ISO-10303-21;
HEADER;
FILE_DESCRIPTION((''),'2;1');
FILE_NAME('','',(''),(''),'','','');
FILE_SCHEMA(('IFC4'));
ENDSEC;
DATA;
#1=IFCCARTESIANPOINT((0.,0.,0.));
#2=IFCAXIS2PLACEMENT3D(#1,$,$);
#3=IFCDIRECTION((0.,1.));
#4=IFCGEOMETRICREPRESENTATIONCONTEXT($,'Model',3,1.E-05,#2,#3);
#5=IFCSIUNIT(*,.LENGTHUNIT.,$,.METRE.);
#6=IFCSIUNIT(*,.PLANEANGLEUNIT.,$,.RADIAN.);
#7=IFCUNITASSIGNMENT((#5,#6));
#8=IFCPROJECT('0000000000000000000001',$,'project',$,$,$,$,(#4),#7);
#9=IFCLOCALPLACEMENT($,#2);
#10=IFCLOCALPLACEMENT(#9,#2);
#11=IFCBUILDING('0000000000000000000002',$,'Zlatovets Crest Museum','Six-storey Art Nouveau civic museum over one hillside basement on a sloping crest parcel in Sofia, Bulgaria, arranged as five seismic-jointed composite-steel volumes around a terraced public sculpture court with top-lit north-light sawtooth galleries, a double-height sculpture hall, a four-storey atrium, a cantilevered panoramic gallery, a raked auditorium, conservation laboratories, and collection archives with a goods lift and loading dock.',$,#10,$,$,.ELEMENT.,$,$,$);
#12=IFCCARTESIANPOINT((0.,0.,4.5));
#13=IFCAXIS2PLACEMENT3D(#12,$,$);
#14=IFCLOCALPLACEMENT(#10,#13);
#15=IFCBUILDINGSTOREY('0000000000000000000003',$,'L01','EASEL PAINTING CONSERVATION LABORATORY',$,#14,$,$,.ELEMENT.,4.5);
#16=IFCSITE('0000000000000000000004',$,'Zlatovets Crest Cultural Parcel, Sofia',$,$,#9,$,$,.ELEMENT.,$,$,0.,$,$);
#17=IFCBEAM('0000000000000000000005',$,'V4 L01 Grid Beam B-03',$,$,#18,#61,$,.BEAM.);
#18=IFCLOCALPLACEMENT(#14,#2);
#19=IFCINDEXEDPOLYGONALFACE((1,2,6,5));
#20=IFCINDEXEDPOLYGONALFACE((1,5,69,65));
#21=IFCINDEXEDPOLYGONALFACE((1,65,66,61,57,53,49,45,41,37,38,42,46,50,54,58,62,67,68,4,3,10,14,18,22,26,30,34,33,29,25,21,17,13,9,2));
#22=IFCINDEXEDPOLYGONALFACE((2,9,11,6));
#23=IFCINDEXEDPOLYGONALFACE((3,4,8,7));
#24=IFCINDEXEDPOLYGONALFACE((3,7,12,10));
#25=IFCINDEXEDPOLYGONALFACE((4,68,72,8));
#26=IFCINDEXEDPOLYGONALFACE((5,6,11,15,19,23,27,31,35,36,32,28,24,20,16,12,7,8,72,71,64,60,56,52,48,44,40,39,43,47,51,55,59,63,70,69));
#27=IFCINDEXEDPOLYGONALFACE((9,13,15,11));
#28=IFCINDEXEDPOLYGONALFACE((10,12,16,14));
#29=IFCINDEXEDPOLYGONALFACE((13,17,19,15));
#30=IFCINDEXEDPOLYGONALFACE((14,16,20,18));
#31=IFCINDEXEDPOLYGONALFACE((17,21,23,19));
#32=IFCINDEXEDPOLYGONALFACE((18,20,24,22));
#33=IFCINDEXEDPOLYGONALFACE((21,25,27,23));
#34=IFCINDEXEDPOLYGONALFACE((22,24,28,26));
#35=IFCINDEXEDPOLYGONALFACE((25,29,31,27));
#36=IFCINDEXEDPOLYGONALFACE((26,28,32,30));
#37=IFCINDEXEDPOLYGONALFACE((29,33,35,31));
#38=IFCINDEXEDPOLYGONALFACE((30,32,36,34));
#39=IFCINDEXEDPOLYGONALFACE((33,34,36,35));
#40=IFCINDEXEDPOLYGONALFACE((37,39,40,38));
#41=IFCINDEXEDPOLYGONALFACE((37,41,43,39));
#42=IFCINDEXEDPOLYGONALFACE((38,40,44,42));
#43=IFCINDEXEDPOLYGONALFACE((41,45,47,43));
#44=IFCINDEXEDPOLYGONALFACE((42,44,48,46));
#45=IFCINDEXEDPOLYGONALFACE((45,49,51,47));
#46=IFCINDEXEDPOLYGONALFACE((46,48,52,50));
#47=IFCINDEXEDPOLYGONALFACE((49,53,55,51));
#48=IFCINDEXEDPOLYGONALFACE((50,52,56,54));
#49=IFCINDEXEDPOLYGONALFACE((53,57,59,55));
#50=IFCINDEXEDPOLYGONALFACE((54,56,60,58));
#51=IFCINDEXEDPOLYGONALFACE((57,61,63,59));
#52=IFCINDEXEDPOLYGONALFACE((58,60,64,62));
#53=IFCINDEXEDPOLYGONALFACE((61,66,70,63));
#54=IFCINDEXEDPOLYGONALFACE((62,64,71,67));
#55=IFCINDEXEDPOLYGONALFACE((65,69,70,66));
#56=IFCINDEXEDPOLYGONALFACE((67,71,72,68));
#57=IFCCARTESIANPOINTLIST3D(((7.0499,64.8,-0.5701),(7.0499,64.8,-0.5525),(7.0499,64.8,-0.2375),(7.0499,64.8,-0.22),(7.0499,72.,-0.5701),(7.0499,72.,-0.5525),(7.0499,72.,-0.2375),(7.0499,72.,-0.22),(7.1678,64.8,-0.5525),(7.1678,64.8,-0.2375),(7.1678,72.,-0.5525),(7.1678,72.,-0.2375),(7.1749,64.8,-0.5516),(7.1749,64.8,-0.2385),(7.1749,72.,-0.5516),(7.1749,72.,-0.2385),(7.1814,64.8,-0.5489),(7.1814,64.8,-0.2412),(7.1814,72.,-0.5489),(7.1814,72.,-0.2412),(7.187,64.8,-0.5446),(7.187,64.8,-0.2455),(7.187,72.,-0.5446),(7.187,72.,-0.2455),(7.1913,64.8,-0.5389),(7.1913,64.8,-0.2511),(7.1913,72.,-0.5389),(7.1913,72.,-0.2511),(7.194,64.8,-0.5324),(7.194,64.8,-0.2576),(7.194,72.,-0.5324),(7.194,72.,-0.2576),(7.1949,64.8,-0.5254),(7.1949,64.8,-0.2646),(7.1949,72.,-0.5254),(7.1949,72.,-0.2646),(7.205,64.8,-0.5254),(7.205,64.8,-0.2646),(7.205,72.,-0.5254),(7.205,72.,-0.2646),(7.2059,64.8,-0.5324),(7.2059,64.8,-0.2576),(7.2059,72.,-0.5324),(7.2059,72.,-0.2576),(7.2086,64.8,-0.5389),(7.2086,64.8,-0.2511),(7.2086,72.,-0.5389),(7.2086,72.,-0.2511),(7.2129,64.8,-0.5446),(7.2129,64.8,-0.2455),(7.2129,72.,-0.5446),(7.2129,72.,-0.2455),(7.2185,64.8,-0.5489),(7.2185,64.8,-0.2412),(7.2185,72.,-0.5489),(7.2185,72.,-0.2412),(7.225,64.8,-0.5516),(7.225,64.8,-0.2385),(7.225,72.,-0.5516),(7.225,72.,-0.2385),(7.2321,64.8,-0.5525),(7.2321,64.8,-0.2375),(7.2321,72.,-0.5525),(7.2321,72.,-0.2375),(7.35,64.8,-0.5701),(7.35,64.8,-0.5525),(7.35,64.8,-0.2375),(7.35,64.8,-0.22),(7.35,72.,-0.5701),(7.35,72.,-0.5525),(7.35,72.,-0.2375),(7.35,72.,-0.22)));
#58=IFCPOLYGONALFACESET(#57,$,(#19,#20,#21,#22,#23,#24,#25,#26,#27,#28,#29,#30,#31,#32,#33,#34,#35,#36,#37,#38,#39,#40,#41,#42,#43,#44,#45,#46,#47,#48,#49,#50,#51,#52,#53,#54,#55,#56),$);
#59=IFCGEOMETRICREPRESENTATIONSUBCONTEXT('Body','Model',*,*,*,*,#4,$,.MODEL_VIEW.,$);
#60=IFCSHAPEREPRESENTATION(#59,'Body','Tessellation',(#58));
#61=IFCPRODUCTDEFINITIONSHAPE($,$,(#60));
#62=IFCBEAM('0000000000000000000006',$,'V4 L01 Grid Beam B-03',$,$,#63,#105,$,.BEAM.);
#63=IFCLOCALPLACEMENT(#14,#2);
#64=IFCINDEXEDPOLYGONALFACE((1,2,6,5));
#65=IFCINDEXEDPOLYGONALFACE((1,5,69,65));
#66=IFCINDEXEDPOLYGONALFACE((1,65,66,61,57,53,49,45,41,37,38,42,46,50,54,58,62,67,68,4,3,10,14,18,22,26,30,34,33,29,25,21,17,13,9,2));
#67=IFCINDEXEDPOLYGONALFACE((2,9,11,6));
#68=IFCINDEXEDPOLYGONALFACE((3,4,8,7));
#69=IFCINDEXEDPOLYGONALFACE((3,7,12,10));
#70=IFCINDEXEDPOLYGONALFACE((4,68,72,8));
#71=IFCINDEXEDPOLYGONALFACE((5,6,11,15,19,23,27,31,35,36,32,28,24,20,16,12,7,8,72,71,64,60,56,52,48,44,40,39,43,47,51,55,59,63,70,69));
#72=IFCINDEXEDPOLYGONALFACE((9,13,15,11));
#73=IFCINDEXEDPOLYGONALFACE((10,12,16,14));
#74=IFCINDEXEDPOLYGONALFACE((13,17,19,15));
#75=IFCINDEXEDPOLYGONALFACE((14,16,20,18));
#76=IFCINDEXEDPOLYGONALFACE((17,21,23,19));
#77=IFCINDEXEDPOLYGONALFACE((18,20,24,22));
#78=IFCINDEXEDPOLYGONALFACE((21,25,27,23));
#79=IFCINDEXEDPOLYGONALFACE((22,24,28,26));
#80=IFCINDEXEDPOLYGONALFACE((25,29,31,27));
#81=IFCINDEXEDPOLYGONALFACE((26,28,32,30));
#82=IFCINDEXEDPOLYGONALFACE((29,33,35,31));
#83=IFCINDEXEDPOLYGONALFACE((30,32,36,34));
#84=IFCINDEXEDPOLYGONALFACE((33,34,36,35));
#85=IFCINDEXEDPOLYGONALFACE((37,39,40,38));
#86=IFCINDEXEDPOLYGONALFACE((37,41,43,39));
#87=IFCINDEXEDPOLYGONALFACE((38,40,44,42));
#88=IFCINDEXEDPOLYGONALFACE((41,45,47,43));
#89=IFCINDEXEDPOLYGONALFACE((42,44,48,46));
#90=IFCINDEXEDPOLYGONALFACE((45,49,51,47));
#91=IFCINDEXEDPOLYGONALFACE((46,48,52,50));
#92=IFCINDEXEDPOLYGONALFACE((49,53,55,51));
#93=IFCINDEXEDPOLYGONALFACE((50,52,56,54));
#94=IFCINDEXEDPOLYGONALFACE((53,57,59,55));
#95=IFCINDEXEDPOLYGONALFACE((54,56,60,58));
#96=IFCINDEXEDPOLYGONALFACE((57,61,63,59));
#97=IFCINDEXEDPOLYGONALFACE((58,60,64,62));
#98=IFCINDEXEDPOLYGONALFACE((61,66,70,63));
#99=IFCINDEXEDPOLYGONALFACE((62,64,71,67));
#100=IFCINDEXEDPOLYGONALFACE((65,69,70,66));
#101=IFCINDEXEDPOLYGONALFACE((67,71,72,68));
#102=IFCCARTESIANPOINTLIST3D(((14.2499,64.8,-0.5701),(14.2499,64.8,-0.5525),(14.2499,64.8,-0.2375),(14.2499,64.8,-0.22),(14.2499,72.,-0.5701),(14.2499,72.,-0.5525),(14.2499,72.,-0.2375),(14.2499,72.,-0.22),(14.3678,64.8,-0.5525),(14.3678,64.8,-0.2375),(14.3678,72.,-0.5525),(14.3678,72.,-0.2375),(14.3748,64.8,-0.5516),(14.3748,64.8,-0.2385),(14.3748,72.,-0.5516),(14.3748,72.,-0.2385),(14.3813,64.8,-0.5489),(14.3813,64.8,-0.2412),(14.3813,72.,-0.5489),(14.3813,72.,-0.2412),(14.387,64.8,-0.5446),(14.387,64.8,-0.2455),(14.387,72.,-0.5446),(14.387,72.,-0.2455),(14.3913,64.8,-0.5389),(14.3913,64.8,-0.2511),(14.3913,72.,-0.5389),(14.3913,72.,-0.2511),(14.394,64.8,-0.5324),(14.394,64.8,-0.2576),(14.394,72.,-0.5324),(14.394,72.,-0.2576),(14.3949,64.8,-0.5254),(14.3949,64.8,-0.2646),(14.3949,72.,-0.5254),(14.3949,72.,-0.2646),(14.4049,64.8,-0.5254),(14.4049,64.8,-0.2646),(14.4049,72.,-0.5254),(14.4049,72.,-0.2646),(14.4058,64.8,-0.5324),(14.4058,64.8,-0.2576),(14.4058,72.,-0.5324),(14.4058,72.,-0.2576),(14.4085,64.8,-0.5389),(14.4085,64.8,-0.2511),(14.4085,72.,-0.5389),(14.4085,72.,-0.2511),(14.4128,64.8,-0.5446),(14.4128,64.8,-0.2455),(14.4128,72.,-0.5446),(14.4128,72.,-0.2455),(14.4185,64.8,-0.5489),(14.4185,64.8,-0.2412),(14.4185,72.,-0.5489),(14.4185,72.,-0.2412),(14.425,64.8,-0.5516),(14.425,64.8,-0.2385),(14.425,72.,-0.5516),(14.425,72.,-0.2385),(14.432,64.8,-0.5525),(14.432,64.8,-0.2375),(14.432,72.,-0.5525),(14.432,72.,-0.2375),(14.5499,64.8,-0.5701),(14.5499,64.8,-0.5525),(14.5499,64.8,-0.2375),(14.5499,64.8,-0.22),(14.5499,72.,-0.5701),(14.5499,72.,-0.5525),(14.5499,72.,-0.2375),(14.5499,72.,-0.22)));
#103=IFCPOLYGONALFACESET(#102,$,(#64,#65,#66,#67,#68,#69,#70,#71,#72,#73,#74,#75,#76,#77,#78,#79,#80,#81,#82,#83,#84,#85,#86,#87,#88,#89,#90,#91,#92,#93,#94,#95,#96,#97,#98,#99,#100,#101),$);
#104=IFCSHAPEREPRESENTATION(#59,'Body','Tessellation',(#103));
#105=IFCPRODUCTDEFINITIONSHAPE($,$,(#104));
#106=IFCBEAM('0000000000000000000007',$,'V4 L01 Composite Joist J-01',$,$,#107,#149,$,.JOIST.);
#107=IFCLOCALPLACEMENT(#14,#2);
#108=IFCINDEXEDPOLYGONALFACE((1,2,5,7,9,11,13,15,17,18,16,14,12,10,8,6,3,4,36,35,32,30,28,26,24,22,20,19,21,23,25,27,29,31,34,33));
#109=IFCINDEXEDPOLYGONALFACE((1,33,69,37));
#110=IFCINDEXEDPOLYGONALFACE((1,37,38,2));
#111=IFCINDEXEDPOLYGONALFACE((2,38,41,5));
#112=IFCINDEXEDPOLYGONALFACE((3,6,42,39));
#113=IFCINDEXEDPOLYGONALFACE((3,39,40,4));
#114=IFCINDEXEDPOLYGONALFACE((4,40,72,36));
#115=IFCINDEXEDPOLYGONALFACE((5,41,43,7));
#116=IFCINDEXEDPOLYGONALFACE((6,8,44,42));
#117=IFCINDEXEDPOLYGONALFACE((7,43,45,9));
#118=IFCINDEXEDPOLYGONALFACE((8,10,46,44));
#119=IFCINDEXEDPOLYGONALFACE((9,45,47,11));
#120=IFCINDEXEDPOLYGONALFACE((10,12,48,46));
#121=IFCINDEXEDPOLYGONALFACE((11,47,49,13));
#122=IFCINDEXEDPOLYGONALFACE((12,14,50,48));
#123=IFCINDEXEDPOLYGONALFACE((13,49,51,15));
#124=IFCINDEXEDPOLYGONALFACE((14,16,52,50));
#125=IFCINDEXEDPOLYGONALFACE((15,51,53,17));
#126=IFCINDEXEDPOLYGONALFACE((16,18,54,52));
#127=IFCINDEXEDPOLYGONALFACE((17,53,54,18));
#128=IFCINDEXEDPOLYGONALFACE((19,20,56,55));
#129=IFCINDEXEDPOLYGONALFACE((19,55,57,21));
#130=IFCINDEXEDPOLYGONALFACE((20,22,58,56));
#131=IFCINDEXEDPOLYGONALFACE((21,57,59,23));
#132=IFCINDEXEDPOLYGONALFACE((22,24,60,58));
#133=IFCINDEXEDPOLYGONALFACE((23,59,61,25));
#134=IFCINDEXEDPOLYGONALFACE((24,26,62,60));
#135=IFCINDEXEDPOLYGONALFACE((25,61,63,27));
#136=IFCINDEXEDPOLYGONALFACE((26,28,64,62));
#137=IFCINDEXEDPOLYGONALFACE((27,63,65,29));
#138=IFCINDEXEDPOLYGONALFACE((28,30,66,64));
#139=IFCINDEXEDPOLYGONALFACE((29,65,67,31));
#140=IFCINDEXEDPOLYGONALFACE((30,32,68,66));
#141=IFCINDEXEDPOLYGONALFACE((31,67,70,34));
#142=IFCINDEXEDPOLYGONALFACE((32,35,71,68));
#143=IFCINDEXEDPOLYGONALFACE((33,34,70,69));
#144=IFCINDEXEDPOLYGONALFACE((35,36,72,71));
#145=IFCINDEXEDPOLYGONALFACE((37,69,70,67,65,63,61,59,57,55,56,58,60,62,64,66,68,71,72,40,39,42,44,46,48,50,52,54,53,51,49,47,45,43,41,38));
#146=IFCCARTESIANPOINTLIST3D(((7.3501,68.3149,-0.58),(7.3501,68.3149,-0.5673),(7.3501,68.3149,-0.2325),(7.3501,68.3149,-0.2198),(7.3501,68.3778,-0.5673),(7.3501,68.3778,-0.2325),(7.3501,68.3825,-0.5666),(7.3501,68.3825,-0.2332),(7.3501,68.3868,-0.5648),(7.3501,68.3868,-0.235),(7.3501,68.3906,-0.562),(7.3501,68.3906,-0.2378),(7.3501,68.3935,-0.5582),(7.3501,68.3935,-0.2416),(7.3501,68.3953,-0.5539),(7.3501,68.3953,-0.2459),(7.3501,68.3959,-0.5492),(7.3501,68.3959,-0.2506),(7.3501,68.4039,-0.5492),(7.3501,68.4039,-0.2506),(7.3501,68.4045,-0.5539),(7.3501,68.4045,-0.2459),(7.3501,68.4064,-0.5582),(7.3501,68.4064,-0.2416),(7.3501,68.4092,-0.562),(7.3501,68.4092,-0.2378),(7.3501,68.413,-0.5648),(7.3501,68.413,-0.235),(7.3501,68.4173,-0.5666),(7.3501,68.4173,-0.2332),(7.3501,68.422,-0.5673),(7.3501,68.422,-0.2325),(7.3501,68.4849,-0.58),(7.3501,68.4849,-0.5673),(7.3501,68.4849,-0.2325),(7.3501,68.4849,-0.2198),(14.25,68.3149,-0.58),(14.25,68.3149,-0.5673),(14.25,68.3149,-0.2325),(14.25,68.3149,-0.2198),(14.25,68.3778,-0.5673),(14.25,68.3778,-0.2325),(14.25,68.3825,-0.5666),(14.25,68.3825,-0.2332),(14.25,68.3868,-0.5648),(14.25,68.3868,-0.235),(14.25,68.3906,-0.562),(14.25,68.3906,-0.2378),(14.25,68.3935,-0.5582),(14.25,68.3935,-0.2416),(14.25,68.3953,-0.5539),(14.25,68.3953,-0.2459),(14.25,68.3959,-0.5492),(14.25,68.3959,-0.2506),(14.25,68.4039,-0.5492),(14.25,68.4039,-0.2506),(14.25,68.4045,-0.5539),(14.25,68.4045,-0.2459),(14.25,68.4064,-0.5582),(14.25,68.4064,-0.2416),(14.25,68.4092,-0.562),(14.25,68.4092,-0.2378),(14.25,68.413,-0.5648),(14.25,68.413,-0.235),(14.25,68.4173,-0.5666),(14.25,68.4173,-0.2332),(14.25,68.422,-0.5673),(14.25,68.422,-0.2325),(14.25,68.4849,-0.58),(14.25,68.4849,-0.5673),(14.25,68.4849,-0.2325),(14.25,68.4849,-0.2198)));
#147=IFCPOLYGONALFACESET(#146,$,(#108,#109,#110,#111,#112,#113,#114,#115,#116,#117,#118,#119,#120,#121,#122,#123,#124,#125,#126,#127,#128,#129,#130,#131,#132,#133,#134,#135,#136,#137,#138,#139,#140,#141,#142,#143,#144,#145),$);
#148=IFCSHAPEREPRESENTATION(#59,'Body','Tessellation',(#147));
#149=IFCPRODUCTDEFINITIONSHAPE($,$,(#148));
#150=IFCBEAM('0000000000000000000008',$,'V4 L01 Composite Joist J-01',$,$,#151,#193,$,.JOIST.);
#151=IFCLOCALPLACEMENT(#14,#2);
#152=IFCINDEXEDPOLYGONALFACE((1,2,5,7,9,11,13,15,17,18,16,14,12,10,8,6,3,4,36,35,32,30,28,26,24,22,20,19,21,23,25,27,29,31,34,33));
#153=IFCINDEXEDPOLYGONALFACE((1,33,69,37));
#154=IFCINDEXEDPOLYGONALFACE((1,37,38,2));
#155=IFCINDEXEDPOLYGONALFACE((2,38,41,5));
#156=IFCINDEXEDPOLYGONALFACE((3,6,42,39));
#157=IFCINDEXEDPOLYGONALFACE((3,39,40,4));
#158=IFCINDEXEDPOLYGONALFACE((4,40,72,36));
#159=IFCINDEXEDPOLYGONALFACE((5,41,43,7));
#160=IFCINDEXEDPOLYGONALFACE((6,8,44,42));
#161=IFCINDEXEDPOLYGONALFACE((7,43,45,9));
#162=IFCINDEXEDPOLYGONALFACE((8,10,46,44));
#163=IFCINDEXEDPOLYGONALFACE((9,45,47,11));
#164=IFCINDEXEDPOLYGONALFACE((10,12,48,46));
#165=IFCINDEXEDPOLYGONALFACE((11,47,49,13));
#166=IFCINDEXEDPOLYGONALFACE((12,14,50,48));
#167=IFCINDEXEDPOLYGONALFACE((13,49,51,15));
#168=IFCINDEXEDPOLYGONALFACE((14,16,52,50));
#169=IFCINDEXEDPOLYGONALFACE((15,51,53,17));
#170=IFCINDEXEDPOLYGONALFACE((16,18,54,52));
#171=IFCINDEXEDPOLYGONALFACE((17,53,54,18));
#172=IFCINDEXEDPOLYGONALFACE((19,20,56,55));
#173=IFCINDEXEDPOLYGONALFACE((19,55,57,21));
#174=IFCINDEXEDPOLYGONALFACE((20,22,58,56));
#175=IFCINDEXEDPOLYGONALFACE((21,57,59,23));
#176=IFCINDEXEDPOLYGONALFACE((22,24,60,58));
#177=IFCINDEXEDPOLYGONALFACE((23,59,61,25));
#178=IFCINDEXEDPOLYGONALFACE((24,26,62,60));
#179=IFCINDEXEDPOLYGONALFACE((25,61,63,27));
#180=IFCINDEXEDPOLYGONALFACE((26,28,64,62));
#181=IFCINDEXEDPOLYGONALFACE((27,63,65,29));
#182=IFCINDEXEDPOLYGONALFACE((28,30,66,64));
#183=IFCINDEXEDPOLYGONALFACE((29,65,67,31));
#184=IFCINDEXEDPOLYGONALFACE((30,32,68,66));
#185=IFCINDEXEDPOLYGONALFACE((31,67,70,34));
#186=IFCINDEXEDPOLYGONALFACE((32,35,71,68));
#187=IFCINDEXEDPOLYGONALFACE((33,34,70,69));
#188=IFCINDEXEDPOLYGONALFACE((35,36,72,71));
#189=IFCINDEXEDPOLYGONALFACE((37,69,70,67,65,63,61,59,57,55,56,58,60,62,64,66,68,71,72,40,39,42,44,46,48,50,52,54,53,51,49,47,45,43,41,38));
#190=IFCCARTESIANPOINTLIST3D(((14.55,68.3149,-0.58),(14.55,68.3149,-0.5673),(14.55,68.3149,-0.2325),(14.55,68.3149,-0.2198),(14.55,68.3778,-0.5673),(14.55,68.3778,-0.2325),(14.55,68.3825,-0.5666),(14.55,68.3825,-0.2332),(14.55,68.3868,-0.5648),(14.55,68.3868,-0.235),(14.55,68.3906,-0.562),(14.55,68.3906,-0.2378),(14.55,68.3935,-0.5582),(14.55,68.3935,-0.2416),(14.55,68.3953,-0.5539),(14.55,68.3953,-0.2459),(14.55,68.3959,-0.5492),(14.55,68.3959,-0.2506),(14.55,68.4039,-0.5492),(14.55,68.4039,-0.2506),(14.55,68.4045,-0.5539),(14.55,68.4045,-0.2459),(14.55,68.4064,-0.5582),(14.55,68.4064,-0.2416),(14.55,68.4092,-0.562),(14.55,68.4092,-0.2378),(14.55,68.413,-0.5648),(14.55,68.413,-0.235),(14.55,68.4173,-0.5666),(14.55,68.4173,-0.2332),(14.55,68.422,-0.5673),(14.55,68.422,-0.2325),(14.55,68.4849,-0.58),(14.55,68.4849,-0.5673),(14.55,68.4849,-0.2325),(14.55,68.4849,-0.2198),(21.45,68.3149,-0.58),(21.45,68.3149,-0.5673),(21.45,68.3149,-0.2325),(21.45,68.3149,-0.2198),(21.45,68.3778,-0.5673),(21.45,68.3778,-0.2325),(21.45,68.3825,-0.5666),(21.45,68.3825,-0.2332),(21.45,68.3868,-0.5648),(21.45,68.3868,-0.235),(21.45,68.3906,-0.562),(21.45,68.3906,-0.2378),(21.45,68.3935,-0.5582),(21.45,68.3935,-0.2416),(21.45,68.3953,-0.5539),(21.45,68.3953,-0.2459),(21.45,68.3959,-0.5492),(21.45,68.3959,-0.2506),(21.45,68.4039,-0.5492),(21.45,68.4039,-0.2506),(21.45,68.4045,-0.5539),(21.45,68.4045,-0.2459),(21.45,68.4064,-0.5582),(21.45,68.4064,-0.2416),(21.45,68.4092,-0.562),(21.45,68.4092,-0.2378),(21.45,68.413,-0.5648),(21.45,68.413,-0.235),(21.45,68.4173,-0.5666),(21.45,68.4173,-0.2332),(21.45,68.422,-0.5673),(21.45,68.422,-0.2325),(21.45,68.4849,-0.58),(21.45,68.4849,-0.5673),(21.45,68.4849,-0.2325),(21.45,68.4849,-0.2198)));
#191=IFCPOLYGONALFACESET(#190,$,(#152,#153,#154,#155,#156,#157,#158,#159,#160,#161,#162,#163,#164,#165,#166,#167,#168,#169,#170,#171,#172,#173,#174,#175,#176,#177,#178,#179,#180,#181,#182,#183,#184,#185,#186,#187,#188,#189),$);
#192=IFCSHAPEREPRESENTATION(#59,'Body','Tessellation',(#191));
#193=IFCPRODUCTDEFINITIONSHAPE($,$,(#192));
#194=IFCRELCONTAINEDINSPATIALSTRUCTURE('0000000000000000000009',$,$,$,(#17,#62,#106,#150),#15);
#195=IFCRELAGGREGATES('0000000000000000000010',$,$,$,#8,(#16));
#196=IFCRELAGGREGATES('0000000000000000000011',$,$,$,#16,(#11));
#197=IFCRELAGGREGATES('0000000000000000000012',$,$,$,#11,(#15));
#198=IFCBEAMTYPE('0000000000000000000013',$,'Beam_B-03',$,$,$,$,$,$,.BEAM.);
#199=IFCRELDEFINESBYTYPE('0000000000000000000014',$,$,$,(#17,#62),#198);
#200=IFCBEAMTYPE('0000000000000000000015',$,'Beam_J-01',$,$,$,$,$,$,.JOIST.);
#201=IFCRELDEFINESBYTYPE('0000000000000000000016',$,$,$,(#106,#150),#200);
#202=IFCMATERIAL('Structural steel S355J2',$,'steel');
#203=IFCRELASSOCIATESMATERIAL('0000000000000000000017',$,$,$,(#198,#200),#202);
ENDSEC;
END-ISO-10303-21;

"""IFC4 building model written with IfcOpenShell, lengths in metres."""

from ifc_helpers import new_model, si_unit, direction, frame, origin, origin_2d, place, context, subcontext, project, spatial, i_section, extrude, material, material_profile, profile_set, type_object, element, save


model = new_model("IFC4")

# Units and contexts
model_context = context("Model", 3, precision=1e-05, world=origin(), true_north=direction((0.0, 1.0)))
body_context = subcontext(model_context, "Body", "Model", "MODEL_VIEW")
ifc_project = project(units=[si_unit("LENGTHUNIT", "METRE"), si_unit("PLANEANGLEUNIT", "RADIAN")], contexts=[model_context])

# Site, building, storey
site_placement = place(None, origin())
site = spatial("IfcSite", under=ifc_project, at=site_placement, Name="Zlatovets Crest Cultural Parcel, Sofia", CompositionType="ELEMENT", RefElevation=0.0)
building_placement = place(site_placement, origin())
building = spatial("IfcBuilding", under=site, at=building_placement, Name="Zlatovets Crest Museum", Description="Six-storey Art Nouveau civic museum over one hillside basement on a sloping crest parcel in Sofia, Bulgaria, arranged as five seismic-jointed composite-steel volumes around a terraced public sculpture court with top-lit north-light sawtooth galleries, a double-height sculpture hall, a four-storey atrium, a cantilevered panoramic gallery, a raked auditorium, conservation laboratories, and collection archives with a goods lift and loading dock.", CompositionType="ELEMENT")
storey_placement = place(building_placement, frame((0.0, 0.0, 4.5)))
storey = spatial("IfcBuildingStorey", under=building, at=storey_placement, Name="L01", Description="EASEL PAINTING CONSERVATION LABORATORY", CompositionType="ELEMENT", Elevation=4.5)

# Shared definitions
ifc_material_1 = material(Name="Structural steel S355J2", Category="steel")

# Beams
ifc_material_profile_1 = material_profile(ifc_material_1, i_section(OverallWidth=0.3, OverallDepth=0.3501, WebThickness=0.01, FlangeThickness=0.0176, FilletRadius=0.0271, at=origin_2d()), Name="HEA 360")
ifc_profile_set_1 = profile_set([ifc_material_profile_1], Name="Structural steel S355J2")
beam_type_1 = type_object("IfcBeamType", Name="Beam_B-03", PredefinedType="BEAM", material=ifc_profile_set_1)
for number, where, z_axis, x_axis, name in (
    (1, (7.2, 64.8, -0.395), (0.0, 1.0, 0.0), (-1.0, 0.0, 0.0), "V4 L01 Grid Beam B-03"),
    (2, (14.3999, 64.8, -0.395), (0.0, 1.0, 0.0), (-1.0, 0.0, 0.0), "V4 L01 Grid Beam B-03"),
):
    element("IfcBeam", number, at=place(storey_placement, frame(where, z_axis=z_axis, x_axis=x_axis)), inside=storey, type_object=beam_type_1, Name=name, PredefinedType="BEAM", context=body_context, shape_type="SweptSolid", body=[
        extrude(i_section(OverallWidth=0.3, OverallDepth=0.3501, WebThickness=0.01, FlangeThickness=0.0176, FilletRadius=0.0271, at=origin_2d()), origin(), (0.0, 0.0, 1.0), 7.2),
    ])
ifc_material_profile_2 = material_profile(ifc_material_1, i_section(OverallWidth=0.1699, OverallDepth=0.3601, WebThickness=0.0081, FlangeThickness=0.0127, FilletRadius=0.0181, at=origin_2d()), Name="IPE 360")
ifc_profile_set_2 = profile_set([ifc_material_profile_2], Name="Structural steel S355J2")
beam_type_2 = type_object("IfcBeamType", Name="Beam_J-01", PredefinedType="JOIST", material=ifc_profile_set_2)
for number, where, z_axis, x_axis, name in (
    (3, (7.3501, 68.3999, -0.3999), (1.0, 0.0, 0.0), (0.0, 1.0, 0.0), "V4 L01 Composite Joist J-01"),
    (4, (14.55, 68.3999, -0.3999), (1.0, 0.0, 0.0), (0.0, 1.0, 0.0), "V4 L01 Composite Joist J-01"),
):
    element("IfcBeam", number, at=place(storey_placement, frame(where, z_axis=z_axis, x_axis=x_axis)), inside=storey, type_object=beam_type_2, Name=name, PredefinedType="JOIST", context=body_context, shape_type="SweptSolid", body=[
        extrude(i_section(OverallWidth=0.1699, OverallDepth=0.3601, WebThickness=0.0081, FlangeThickness=0.0127, FilletRadius=0.0181, at=origin_2d()), origin(), (0.0, 0.0, 1.0), 6.8999),
    ])

save(model, "model.ifc")
